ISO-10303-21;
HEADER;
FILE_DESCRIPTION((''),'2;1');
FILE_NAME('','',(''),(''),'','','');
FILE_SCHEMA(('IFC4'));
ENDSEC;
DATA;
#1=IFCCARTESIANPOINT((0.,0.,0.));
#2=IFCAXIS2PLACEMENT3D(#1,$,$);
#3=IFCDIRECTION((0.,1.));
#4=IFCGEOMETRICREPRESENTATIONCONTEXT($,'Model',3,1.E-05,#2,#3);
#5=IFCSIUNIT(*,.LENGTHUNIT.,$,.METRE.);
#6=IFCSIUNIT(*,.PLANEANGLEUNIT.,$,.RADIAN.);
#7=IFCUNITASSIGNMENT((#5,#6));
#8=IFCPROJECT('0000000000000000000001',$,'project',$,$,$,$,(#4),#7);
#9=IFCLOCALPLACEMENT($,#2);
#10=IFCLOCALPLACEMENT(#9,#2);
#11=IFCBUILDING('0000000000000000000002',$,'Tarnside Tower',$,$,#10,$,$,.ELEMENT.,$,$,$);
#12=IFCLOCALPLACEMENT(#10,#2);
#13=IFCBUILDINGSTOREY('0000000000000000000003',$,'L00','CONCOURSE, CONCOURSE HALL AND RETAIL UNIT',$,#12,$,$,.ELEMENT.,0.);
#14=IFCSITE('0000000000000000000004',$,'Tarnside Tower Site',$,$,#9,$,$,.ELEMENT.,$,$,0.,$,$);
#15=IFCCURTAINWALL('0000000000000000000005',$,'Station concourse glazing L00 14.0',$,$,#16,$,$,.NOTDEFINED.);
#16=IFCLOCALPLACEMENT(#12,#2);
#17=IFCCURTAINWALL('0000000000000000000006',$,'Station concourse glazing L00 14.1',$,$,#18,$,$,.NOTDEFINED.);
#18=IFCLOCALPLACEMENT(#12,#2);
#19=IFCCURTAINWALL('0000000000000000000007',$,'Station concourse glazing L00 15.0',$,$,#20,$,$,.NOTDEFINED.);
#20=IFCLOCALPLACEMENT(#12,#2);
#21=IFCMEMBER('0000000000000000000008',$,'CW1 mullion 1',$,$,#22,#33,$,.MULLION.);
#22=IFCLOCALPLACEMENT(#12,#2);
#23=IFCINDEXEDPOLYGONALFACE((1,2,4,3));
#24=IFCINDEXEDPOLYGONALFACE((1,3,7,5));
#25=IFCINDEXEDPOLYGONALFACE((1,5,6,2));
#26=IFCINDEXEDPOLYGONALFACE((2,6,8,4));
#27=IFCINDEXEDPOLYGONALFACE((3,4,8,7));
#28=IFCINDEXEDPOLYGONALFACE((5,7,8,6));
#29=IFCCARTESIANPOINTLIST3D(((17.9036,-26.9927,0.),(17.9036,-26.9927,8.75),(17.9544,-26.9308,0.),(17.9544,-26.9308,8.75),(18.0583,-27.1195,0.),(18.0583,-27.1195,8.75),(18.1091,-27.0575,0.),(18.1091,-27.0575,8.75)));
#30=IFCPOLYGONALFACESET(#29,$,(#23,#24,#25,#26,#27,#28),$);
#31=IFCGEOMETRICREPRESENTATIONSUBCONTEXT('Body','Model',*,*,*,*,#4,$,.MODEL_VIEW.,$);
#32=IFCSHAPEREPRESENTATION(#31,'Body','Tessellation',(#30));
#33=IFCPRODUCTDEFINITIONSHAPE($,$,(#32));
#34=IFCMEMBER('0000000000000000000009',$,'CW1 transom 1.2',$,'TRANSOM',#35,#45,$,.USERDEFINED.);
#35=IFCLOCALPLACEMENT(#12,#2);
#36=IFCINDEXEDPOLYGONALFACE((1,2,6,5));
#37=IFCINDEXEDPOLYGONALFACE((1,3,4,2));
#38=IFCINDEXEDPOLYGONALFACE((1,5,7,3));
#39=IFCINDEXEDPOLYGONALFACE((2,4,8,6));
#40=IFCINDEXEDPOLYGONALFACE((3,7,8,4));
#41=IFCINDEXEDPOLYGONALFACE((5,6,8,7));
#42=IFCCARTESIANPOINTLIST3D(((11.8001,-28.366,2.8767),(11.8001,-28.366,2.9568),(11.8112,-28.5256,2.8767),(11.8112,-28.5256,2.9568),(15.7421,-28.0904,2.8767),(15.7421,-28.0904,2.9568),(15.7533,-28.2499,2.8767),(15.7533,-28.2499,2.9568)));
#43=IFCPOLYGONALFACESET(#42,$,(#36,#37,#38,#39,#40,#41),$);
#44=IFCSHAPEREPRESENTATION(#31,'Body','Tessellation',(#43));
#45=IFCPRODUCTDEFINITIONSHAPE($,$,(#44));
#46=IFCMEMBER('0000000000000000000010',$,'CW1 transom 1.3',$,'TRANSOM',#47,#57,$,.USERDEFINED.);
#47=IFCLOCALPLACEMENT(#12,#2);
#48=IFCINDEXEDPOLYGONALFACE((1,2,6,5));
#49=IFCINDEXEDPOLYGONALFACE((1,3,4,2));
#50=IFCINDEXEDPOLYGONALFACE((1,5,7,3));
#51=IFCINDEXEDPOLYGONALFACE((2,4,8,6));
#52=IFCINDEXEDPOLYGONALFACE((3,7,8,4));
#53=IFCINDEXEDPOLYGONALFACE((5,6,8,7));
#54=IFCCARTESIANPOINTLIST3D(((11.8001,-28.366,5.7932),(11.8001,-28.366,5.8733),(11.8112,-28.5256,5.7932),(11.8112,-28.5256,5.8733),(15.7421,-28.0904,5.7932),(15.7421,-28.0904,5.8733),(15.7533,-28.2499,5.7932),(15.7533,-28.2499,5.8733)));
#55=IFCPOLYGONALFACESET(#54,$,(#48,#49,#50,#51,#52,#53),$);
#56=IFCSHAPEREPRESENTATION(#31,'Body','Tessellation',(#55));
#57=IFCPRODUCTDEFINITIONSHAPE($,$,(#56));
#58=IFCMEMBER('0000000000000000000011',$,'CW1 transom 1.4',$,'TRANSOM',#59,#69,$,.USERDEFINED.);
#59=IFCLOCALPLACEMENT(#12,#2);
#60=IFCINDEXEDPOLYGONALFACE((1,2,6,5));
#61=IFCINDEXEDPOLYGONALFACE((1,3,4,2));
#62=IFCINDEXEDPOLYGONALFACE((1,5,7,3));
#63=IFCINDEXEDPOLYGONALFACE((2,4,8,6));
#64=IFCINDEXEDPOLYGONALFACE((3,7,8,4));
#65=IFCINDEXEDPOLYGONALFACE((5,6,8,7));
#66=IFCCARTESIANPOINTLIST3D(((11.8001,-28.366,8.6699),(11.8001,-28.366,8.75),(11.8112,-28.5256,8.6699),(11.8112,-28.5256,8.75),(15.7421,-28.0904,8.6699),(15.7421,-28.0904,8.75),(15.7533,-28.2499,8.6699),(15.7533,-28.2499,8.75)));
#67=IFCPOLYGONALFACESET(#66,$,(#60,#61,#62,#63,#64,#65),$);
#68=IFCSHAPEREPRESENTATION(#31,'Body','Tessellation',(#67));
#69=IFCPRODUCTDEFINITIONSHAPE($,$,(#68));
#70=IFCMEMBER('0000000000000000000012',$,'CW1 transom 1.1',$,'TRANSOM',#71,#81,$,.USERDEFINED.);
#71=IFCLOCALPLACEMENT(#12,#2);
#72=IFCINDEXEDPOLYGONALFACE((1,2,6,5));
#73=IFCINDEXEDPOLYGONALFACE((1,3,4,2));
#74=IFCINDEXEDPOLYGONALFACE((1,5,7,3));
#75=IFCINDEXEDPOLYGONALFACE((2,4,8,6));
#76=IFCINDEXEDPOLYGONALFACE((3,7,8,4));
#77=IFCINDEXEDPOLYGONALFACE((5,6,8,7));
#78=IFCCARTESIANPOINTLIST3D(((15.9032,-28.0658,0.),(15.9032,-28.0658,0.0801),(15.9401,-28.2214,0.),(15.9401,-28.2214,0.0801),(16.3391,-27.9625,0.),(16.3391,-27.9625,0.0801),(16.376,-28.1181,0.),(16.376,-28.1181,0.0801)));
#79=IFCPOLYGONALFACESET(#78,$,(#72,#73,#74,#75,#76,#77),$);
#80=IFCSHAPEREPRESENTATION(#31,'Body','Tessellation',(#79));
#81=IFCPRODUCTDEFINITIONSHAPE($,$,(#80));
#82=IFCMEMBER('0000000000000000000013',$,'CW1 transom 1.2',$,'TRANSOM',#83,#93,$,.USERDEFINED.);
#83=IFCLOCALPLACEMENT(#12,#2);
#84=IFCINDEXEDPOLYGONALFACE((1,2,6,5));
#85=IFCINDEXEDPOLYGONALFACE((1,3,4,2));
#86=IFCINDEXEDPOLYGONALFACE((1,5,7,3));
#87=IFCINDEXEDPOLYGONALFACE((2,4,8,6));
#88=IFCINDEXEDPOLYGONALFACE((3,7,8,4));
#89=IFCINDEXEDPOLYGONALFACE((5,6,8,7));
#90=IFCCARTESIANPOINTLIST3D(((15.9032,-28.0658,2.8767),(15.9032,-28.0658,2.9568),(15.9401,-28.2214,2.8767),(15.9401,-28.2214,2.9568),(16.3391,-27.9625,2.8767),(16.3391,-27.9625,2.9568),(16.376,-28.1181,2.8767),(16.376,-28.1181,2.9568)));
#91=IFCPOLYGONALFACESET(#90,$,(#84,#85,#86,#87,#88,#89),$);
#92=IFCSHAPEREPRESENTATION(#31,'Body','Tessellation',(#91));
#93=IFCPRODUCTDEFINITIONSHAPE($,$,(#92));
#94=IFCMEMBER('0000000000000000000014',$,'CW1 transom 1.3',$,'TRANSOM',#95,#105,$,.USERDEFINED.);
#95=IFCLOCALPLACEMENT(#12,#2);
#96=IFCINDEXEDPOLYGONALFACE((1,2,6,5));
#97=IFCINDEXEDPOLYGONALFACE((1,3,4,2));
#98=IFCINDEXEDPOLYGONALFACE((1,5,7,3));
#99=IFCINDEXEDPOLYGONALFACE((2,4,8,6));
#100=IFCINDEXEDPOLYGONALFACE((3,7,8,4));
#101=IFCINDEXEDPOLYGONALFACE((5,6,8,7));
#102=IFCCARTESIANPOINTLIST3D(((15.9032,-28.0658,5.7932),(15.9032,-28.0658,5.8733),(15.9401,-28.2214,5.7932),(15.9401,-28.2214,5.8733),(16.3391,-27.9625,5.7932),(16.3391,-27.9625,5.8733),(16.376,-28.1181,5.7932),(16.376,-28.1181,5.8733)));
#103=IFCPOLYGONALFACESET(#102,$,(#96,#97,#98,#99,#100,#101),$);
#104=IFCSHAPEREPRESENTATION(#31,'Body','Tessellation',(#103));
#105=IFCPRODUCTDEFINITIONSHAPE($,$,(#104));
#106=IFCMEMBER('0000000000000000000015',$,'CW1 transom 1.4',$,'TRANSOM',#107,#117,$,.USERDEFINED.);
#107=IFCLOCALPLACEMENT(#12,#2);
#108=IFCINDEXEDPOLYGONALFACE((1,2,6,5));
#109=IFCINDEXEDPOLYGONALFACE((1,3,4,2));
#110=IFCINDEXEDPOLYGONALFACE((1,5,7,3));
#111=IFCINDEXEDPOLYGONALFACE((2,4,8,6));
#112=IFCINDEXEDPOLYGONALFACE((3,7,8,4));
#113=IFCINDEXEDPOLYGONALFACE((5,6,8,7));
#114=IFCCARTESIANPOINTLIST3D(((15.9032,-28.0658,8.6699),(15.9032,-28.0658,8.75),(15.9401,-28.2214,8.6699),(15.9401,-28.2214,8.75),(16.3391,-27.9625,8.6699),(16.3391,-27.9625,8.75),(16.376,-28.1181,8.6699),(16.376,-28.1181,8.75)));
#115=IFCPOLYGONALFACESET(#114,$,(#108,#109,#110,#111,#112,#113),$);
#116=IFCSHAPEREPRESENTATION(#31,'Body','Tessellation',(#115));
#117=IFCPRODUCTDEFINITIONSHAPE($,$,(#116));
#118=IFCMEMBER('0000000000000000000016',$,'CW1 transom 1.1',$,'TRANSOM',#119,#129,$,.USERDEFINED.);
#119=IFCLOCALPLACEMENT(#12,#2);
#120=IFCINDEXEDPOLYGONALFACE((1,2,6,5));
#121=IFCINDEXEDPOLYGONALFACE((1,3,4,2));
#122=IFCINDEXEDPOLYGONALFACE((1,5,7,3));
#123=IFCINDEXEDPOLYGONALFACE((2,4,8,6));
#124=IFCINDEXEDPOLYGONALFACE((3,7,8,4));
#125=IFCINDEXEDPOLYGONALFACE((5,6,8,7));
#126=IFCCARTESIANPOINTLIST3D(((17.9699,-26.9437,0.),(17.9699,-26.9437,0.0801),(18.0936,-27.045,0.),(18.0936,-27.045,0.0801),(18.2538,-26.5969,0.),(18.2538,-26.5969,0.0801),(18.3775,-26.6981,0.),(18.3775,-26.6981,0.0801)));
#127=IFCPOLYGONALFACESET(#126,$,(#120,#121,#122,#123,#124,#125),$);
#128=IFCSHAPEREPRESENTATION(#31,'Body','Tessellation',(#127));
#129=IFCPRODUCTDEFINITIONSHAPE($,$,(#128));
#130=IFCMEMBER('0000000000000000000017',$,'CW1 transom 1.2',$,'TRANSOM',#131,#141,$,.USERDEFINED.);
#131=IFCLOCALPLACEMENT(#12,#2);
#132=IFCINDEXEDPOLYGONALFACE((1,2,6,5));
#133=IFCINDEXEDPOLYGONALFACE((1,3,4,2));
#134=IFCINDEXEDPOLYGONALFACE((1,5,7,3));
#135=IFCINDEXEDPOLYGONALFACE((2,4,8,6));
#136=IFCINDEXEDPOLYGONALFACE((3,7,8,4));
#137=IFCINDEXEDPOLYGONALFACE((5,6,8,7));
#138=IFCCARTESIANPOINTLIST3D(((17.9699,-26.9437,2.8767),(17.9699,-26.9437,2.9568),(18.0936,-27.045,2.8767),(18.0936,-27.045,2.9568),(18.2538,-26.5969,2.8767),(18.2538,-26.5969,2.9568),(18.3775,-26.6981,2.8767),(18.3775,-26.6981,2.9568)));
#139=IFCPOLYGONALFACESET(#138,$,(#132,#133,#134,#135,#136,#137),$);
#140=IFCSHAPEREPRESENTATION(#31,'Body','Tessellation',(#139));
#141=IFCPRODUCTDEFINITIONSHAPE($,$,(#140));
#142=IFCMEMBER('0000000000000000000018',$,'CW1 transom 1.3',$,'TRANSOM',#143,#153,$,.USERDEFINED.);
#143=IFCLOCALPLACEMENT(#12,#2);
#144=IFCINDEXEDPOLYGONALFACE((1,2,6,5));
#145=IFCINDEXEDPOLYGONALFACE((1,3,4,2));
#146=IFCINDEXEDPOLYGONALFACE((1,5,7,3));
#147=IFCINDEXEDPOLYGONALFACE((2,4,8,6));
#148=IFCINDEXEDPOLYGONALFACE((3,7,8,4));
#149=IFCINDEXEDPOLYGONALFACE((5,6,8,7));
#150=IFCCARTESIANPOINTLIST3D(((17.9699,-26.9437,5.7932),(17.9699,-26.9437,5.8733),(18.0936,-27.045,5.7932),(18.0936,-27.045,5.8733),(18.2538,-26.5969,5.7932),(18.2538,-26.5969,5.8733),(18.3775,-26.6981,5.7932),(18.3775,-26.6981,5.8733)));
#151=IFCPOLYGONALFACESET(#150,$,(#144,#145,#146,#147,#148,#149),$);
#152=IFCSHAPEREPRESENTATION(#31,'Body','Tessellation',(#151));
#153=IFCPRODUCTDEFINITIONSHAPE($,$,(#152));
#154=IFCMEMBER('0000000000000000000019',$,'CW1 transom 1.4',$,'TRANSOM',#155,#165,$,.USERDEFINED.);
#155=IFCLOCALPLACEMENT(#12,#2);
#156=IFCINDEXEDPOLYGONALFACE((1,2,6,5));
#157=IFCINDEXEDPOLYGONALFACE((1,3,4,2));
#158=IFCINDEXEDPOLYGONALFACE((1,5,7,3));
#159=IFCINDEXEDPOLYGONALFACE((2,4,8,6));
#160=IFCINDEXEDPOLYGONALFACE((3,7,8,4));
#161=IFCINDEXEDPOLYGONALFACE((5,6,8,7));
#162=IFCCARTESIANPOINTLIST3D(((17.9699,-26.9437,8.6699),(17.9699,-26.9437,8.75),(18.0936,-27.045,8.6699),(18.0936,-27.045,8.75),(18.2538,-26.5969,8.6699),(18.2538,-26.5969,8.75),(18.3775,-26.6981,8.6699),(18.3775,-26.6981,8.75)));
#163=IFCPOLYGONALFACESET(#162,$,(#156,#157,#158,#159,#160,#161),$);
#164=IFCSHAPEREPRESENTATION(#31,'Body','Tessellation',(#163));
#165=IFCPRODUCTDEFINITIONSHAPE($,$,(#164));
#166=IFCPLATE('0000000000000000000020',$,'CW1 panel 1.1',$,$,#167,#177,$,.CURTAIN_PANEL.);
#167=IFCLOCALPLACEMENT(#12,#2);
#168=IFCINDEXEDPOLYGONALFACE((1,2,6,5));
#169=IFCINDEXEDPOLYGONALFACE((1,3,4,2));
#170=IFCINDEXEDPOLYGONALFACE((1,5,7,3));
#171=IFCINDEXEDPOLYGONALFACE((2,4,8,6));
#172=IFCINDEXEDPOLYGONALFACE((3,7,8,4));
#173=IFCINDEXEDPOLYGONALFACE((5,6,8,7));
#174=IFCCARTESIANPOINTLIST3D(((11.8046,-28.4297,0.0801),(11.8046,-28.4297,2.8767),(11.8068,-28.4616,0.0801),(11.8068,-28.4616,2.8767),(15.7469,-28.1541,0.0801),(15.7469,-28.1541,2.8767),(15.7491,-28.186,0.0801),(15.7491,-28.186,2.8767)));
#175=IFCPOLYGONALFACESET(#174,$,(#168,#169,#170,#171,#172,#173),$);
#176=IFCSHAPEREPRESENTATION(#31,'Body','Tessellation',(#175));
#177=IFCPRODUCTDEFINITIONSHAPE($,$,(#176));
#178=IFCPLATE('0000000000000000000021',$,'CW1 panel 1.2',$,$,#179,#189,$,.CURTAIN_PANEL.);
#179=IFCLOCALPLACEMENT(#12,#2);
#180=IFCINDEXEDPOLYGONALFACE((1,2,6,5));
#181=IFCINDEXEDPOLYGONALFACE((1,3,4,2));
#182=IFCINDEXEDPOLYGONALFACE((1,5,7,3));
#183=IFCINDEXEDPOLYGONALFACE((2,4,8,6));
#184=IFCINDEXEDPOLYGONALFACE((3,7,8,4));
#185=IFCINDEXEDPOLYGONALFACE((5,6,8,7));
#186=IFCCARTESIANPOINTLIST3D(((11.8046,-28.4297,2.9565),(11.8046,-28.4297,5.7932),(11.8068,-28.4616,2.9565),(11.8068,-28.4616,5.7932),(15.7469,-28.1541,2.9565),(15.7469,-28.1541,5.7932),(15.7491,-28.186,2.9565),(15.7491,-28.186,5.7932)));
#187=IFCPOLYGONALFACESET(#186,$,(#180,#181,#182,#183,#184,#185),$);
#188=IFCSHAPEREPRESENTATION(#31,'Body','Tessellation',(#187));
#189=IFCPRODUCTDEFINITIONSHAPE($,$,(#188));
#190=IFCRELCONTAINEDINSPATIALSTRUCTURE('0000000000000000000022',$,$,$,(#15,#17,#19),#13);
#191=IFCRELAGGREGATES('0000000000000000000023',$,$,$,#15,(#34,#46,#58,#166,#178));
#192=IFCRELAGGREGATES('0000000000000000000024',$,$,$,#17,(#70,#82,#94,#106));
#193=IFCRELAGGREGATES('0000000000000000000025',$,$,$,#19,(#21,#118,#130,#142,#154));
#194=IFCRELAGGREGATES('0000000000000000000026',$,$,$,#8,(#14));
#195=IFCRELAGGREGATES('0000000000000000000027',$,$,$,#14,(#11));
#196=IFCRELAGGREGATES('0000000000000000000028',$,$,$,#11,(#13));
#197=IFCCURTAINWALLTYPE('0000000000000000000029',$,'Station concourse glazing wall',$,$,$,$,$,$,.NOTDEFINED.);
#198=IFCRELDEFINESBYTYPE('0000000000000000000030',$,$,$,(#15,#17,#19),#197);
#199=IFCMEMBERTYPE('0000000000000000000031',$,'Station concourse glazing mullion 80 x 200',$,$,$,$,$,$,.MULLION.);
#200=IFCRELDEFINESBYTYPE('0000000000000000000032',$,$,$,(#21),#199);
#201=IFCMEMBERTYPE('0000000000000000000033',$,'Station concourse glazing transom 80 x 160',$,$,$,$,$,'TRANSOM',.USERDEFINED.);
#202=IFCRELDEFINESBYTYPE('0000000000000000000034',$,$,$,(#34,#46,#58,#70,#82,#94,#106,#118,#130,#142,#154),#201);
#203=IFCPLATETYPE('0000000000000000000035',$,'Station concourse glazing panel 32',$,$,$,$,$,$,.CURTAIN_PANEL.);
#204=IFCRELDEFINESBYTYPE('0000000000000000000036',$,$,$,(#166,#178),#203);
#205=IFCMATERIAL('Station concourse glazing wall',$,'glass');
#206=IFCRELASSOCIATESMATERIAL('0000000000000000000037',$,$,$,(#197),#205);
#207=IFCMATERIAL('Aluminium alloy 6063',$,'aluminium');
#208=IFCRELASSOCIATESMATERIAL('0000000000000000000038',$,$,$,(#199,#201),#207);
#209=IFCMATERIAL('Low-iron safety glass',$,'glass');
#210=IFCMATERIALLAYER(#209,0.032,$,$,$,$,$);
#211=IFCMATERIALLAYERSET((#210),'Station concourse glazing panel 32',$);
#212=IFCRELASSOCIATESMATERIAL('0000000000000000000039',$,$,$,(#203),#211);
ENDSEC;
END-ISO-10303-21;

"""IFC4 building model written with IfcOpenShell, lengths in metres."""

from ifc_helpers import new_model, si_unit, direction, frame, origin, origin_2d, place, context, subcontext, project, spatial, rectangle, extrude, material, layer, layer_set, material_profile, profile_set, type_object, element, aggregate, save


model = new_model("IFC4")

# Units and contexts
model_context = context("Model", 3, precision=1e-05, world=origin(), true_north=direction((0.0, 1.0)))
body_context = subcontext(model_context, "Body", "Model", "MODEL_VIEW")
ifc_project = project(units=[si_unit("LENGTHUNIT", "METRE"), si_unit("PLANEANGLEUNIT", "RADIAN")], contexts=[model_context])

# Site, building, storey
site_placement = place(None, origin())
site = spatial("IfcSite", under=ifc_project, at=site_placement, Name="Tarnside Tower Site", CompositionType="ELEMENT", RefElevation=0.0)
building_placement = place(site_placement, origin())
building = spatial("IfcBuilding", under=site, at=building_placement, Name="Tarnside Tower", CompositionType="ELEMENT")
storey_placement = place(building_placement, origin())
storey = spatial("IfcBuildingStorey", under=building, at=storey_placement, Name="L00", Description="CONCOURSE, CONCOURSE HALL AND RETAIL UNIT", CompositionType="ELEMENT", Elevation=0.0)

# Curtain wall
ifc_material_1 = material(Name="Station concourse glazing wall", Category="glass")
curtain_wall_type = type_object("IfcCurtainWallType", Name="Station concourse glazing wall", PredefinedType="NOTDEFINED", material=ifc_material_1)
curtain_wall_1_placement = place(storey_placement, origin())
curtain_wall_1 = element("IfcCurtainWall", 1, at=curtain_wall_1_placement, inside=storey, type_object=curtain_wall_type, Name="Station concourse glazing L00 14.0", PredefinedType="NOTDEFINED")
ifc_material_2 = material(Name="Aluminium alloy 6063", Category="aluminium")
ifc_material_profile_1 = material_profile(ifc_material_2, rectangle(XDim=0.2, YDim=0.0801, at=origin_2d()), Name="Station concourse glazing mullion 80 x 200")
ifc_profile_set_1 = profile_set([ifc_material_profile_1], Name="Aluminium alloy 6063")
member_type_1 = type_object("IfcMemberType", Name="Station concourse glazing mullion 80 x 200", PredefinedType="MULLION", material=ifc_profile_set_1)

# Curtain wall
curtain_wall_2_placement = place(storey_placement, origin())
curtain_wall_2 = element("IfcCurtainWall", 2, at=curtain_wall_2_placement, inside=storey, type_object=curtain_wall_type, Name="Station concourse glazing L00 14.1", PredefinedType="NOTDEFINED")

# Curtain wall, member
curtain_wall_3_placement = place(storey_placement, origin())
curtain_wall_3 = element("IfcCurtainWall", 3, at=curtain_wall_3_placement, inside=storey, type_object=curtain_wall_type, Name="Station concourse glazing L00 15.0", PredefinedType="NOTDEFINED")
member_1_placement = place(storey_placement, frame((18.0063, -27.0251, 0.0), z_axis=(0.0, 0.0, 1.0), x_axis=(-0.773472, 0.633831, 0.0)))
member_1 = element("IfcMember", 4, at=member_1_placement, type_object=member_type_1, Name="CW1 mullion 1", PredefinedType="MULLION", context=body_context, shape_type="SweptSolid", body=[
    extrude(rectangle(XDim=0.2, YDim=0.0801, at=origin_2d()), origin(), (0.0, 0.0, 1.0), 8.75),
])

# Members
ifc_material_profile_2 = material_profile(ifc_material_2, rectangle(XDim=0.1599, YDim=0.0801, at=origin_2d()), Name="Station concourse glazing transom 80 x 160")
ifc_profile_set_2 = profile_set([ifc_material_profile_2], Name="Aluminium alloy 6063")
member_type_2 = type_object("IfcMemberType", Name="Station concourse glazing transom 80 x 160", ElementType="TRANSOM", PredefinedType="USERDEFINED", material=ifc_profile_set_2)
member_2_placement = place(storey_placement, frame((11.8057, -28.4458, 2.9167), z_axis=(0.997565, 0.06975, 0.0), x_axis=(-0.06975, 0.997565, 0.0)))
member_2 = element("IfcMember", 5, at=member_2_placement, type_object=member_type_2, Name="CW1 transom 1.2", ObjectType="TRANSOM", PredefinedType="USERDEFINED", context=body_context, shape_type="SweptSolid", body=[
    extrude(rectangle(XDim=0.1599, YDim=0.0801, at=origin_2d()), origin(), (0.0, 0.0, 1.0), 3.9517),
])
member_3_placement = place(storey_placement, frame((11.8057, -28.4458, 5.8333), z_axis=(0.997565, 0.06975, 0.0), x_axis=(-0.06975, 0.997565, 0.0)))
member_3 = element("IfcMember", 6, at=member_3_placement, type_object=member_type_2, Name="CW1 transom 1.3", ObjectType="TRANSOM", PredefinedType="USERDEFINED", context=body_context, shape_type="SweptSolid", body=[
    extrude(rectangle(XDim=0.1599, YDim=0.0801, at=origin_2d()), origin(), (0.0, 0.0, 1.0), 3.9517),
])
member_4_placement = place(storey_placement, frame((11.8057, -28.4458, 8.71), z_axis=(0.997565, 0.06975, 0.0), x_axis=(-0.06975, 0.997565, 0.0)))
member_4 = element("IfcMember", 7, at=member_4_placement, type_object=member_type_2, Name="CW1 transom 1.4", ObjectType="TRANSOM", PredefinedType="USERDEFINED", context=body_context, shape_type="SweptSolid", body=[
    extrude(rectangle(XDim=0.1599, YDim=0.0801, at=origin_2d()), origin(), (0.0, 0.0, 1.0), 3.9517),
])
member_5_placement = place(storey_placement, frame((15.9216, -28.1436, 0.04), z_axis=(0.97308, 0.230466, 0.0), x_axis=(-0.230466, 0.97308, 0.0)))
member_5 = element("IfcMember", 8, at=member_5_placement, type_object=member_type_2, Name="CW1 transom 1.1", ObjectType="TRANSOM", PredefinedType="USERDEFINED", context=body_context, shape_type="SweptSolid", body=[
    extrude(rectangle(XDim=0.1599, YDim=0.0801, at=origin_2d()), origin(), (0.0, 0.0, 1.0), 0.448),
])
member_6_placement = place(storey_placement, frame((15.9216, -28.1436, 2.9167), z_axis=(0.97308, 0.230466, 0.0), x_axis=(-0.230466, 0.97308, 0.0)))
member_6 = element("IfcMember", 9, at=member_6_placement, type_object=member_type_2, Name="CW1 transom 1.2", ObjectType="TRANSOM", PredefinedType="USERDEFINED", context=body_context, shape_type="SweptSolid", body=[
    extrude(rectangle(XDim=0.1599, YDim=0.0801, at=origin_2d()), origin(), (0.0, 0.0, 1.0), 0.448),
])
member_7_placement = place(storey_placement, frame((15.9216, -28.1436, 5.8333), z_axis=(0.97308, 0.230466, 0.0), x_axis=(-0.230466, 0.97308, 0.0)))
member_7 = element("IfcMember", 10, at=member_7_placement, type_object=member_type_2, Name="CW1 transom 1.3", ObjectType="TRANSOM", PredefinedType="USERDEFINED", context=body_context, shape_type="SweptSolid", body=[
    extrude(rectangle(XDim=0.1599, YDim=0.0801, at=origin_2d()), origin(), (0.0, 0.0, 1.0), 0.448),
])
member_8_placement = place(storey_placement, frame((15.9216, -28.1436, 8.71), z_axis=(0.97308, 0.230466, 0.0), x_axis=(-0.230466, 0.97308, 0.0)))
member_8 = element("IfcMember", 11, at=member_8_placement, type_object=member_type_2, Name="CW1 transom 1.4", ObjectType="TRANSOM", PredefinedType="USERDEFINED", context=body_context, shape_type="SweptSolid", body=[
    extrude(rectangle(XDim=0.1599, YDim=0.0801, at=origin_2d()), origin(), (0.0, 0.0, 1.0), 0.448),
])
member_9_placement = place(storey_placement, frame((18.0317, -26.9944, 0.04), z_axis=(0.633356, 0.77386, 0.0), x_axis=(-0.77386, 0.633356, 0.0)))
member_9 = element("IfcMember", 12, at=member_9_placement, type_object=member_type_2, Name="CW1 transom 1.1", ObjectType="TRANSOM", PredefinedType="USERDEFINED", context=body_context, shape_type="SweptSolid", body=[
    extrude(rectangle(XDim=0.1599, YDim=0.0801, at=origin_2d()), origin(), (0.0, 0.0, 1.0), 0.4482),
])
member_10_placement = place(storey_placement, frame((18.0317, -26.9944, 2.9167), z_axis=(0.633356, 0.77386, 0.0), x_axis=(-0.77386, 0.633356, 0.0)))
member_10 = element("IfcMember", 13, at=member_10_placement, type_object=member_type_2, Name="CW1 transom 1.2", ObjectType="TRANSOM", PredefinedType="USERDEFINED", context=body_context, shape_type="SweptSolid", body=[
    extrude(rectangle(XDim=0.1599, YDim=0.0801, at=origin_2d()), origin(), (0.0, 0.0, 1.0), 0.4482),
])
member_11_placement = place(storey_placement, frame((18.0317, -26.9944, 5.8333), z_axis=(0.633356, 0.77386, 0.0), x_axis=(-0.77386, 0.633356, 0.0)))
member_11 = element("IfcMember", 14, at=member_11_placement, type_object=member_type_2, Name="CW1 transom 1.3", ObjectType="TRANSOM", PredefinedType="USERDEFINED", context=body_context, shape_type="SweptSolid", body=[
    extrude(rectangle(XDim=0.1599, YDim=0.0801, at=origin_2d()), origin(), (0.0, 0.0, 1.0), 0.4482),
])
member_12_placement = place(storey_placement, frame((18.0317, -26.9944, 8.71), z_axis=(0.633356, 0.77386, 0.0), x_axis=(-0.77386, 0.633356, 0.0)))
member_12 = element("IfcMember", 15, at=member_12_placement, type_object=member_type_2, Name="CW1 transom 1.4", ObjectType="TRANSOM", PredefinedType="USERDEFINED", context=body_context, shape_type="SweptSolid", body=[
    extrude(rectangle(XDim=0.1599, YDim=0.0801, at=origin_2d()), origin(), (0.0, 0.0, 1.0), 0.4482),
])

# Plates
ifc_material_3 = material(Name="Low-iron safety glass", Category="glass")
ifc_layer_1 = layer(ifc_material_3, 0.032)
ifc_layer_set_1 = layer_set([ifc_layer_1], Name="Station concourse glazing panel 32")
plate_type = type_object("IfcPlateType", Name="Station concourse glazing panel 32", PredefinedType="CURTAIN_PANEL", material=ifc_layer_set_1)
plate_1_placement = place(storey_placement, frame((13.7769, -28.3079, 0.0801), z_axis=(0.0, 0.0, 1.0), x_axis=(0.997564, 0.069756, 0.0)))
plate_1 = element("IfcPlate", 16, at=plate_1_placement, type_object=plate_type, Name="CW1 panel 1.1", PredefinedType="CURTAIN_PANEL", context=body_context, shape_type="SweptSolid", body=[
    extrude(rectangle(XDim=3.9519, YDim=0.032, at=origin_2d()), origin(), (0.0, 0.0, 1.0), 2.7966),
])
plate_2_placement = place(storey_placement, frame((13.7769, -28.3079, 2.9565), z_axis=(0.0, 0.0, 1.0), x_axis=(0.997564, 0.069756, 0.0)))
plate_2 = element("IfcPlate", 17, at=plate_2_placement, type_object=plate_type, Name="CW1 panel 1.2", PredefinedType="CURTAIN_PANEL", context=body_context, shape_type="SweptSolid", body=[
    extrude(rectangle(XDim=3.9519, YDim=0.032, at=origin_2d()), origin(), (0.0, 0.0, 1.0), 2.8367),
])
aggregate(curtain_wall_1, [member_2, member_3, member_4, plate_1, plate_2])
aggregate(curtain_wall_2, [member_5, member_6, member_7, member_8])
aggregate(curtain_wall_3, [member_1, member_9, member_10, member_11, member_12])

save(model, "model.ifc")
